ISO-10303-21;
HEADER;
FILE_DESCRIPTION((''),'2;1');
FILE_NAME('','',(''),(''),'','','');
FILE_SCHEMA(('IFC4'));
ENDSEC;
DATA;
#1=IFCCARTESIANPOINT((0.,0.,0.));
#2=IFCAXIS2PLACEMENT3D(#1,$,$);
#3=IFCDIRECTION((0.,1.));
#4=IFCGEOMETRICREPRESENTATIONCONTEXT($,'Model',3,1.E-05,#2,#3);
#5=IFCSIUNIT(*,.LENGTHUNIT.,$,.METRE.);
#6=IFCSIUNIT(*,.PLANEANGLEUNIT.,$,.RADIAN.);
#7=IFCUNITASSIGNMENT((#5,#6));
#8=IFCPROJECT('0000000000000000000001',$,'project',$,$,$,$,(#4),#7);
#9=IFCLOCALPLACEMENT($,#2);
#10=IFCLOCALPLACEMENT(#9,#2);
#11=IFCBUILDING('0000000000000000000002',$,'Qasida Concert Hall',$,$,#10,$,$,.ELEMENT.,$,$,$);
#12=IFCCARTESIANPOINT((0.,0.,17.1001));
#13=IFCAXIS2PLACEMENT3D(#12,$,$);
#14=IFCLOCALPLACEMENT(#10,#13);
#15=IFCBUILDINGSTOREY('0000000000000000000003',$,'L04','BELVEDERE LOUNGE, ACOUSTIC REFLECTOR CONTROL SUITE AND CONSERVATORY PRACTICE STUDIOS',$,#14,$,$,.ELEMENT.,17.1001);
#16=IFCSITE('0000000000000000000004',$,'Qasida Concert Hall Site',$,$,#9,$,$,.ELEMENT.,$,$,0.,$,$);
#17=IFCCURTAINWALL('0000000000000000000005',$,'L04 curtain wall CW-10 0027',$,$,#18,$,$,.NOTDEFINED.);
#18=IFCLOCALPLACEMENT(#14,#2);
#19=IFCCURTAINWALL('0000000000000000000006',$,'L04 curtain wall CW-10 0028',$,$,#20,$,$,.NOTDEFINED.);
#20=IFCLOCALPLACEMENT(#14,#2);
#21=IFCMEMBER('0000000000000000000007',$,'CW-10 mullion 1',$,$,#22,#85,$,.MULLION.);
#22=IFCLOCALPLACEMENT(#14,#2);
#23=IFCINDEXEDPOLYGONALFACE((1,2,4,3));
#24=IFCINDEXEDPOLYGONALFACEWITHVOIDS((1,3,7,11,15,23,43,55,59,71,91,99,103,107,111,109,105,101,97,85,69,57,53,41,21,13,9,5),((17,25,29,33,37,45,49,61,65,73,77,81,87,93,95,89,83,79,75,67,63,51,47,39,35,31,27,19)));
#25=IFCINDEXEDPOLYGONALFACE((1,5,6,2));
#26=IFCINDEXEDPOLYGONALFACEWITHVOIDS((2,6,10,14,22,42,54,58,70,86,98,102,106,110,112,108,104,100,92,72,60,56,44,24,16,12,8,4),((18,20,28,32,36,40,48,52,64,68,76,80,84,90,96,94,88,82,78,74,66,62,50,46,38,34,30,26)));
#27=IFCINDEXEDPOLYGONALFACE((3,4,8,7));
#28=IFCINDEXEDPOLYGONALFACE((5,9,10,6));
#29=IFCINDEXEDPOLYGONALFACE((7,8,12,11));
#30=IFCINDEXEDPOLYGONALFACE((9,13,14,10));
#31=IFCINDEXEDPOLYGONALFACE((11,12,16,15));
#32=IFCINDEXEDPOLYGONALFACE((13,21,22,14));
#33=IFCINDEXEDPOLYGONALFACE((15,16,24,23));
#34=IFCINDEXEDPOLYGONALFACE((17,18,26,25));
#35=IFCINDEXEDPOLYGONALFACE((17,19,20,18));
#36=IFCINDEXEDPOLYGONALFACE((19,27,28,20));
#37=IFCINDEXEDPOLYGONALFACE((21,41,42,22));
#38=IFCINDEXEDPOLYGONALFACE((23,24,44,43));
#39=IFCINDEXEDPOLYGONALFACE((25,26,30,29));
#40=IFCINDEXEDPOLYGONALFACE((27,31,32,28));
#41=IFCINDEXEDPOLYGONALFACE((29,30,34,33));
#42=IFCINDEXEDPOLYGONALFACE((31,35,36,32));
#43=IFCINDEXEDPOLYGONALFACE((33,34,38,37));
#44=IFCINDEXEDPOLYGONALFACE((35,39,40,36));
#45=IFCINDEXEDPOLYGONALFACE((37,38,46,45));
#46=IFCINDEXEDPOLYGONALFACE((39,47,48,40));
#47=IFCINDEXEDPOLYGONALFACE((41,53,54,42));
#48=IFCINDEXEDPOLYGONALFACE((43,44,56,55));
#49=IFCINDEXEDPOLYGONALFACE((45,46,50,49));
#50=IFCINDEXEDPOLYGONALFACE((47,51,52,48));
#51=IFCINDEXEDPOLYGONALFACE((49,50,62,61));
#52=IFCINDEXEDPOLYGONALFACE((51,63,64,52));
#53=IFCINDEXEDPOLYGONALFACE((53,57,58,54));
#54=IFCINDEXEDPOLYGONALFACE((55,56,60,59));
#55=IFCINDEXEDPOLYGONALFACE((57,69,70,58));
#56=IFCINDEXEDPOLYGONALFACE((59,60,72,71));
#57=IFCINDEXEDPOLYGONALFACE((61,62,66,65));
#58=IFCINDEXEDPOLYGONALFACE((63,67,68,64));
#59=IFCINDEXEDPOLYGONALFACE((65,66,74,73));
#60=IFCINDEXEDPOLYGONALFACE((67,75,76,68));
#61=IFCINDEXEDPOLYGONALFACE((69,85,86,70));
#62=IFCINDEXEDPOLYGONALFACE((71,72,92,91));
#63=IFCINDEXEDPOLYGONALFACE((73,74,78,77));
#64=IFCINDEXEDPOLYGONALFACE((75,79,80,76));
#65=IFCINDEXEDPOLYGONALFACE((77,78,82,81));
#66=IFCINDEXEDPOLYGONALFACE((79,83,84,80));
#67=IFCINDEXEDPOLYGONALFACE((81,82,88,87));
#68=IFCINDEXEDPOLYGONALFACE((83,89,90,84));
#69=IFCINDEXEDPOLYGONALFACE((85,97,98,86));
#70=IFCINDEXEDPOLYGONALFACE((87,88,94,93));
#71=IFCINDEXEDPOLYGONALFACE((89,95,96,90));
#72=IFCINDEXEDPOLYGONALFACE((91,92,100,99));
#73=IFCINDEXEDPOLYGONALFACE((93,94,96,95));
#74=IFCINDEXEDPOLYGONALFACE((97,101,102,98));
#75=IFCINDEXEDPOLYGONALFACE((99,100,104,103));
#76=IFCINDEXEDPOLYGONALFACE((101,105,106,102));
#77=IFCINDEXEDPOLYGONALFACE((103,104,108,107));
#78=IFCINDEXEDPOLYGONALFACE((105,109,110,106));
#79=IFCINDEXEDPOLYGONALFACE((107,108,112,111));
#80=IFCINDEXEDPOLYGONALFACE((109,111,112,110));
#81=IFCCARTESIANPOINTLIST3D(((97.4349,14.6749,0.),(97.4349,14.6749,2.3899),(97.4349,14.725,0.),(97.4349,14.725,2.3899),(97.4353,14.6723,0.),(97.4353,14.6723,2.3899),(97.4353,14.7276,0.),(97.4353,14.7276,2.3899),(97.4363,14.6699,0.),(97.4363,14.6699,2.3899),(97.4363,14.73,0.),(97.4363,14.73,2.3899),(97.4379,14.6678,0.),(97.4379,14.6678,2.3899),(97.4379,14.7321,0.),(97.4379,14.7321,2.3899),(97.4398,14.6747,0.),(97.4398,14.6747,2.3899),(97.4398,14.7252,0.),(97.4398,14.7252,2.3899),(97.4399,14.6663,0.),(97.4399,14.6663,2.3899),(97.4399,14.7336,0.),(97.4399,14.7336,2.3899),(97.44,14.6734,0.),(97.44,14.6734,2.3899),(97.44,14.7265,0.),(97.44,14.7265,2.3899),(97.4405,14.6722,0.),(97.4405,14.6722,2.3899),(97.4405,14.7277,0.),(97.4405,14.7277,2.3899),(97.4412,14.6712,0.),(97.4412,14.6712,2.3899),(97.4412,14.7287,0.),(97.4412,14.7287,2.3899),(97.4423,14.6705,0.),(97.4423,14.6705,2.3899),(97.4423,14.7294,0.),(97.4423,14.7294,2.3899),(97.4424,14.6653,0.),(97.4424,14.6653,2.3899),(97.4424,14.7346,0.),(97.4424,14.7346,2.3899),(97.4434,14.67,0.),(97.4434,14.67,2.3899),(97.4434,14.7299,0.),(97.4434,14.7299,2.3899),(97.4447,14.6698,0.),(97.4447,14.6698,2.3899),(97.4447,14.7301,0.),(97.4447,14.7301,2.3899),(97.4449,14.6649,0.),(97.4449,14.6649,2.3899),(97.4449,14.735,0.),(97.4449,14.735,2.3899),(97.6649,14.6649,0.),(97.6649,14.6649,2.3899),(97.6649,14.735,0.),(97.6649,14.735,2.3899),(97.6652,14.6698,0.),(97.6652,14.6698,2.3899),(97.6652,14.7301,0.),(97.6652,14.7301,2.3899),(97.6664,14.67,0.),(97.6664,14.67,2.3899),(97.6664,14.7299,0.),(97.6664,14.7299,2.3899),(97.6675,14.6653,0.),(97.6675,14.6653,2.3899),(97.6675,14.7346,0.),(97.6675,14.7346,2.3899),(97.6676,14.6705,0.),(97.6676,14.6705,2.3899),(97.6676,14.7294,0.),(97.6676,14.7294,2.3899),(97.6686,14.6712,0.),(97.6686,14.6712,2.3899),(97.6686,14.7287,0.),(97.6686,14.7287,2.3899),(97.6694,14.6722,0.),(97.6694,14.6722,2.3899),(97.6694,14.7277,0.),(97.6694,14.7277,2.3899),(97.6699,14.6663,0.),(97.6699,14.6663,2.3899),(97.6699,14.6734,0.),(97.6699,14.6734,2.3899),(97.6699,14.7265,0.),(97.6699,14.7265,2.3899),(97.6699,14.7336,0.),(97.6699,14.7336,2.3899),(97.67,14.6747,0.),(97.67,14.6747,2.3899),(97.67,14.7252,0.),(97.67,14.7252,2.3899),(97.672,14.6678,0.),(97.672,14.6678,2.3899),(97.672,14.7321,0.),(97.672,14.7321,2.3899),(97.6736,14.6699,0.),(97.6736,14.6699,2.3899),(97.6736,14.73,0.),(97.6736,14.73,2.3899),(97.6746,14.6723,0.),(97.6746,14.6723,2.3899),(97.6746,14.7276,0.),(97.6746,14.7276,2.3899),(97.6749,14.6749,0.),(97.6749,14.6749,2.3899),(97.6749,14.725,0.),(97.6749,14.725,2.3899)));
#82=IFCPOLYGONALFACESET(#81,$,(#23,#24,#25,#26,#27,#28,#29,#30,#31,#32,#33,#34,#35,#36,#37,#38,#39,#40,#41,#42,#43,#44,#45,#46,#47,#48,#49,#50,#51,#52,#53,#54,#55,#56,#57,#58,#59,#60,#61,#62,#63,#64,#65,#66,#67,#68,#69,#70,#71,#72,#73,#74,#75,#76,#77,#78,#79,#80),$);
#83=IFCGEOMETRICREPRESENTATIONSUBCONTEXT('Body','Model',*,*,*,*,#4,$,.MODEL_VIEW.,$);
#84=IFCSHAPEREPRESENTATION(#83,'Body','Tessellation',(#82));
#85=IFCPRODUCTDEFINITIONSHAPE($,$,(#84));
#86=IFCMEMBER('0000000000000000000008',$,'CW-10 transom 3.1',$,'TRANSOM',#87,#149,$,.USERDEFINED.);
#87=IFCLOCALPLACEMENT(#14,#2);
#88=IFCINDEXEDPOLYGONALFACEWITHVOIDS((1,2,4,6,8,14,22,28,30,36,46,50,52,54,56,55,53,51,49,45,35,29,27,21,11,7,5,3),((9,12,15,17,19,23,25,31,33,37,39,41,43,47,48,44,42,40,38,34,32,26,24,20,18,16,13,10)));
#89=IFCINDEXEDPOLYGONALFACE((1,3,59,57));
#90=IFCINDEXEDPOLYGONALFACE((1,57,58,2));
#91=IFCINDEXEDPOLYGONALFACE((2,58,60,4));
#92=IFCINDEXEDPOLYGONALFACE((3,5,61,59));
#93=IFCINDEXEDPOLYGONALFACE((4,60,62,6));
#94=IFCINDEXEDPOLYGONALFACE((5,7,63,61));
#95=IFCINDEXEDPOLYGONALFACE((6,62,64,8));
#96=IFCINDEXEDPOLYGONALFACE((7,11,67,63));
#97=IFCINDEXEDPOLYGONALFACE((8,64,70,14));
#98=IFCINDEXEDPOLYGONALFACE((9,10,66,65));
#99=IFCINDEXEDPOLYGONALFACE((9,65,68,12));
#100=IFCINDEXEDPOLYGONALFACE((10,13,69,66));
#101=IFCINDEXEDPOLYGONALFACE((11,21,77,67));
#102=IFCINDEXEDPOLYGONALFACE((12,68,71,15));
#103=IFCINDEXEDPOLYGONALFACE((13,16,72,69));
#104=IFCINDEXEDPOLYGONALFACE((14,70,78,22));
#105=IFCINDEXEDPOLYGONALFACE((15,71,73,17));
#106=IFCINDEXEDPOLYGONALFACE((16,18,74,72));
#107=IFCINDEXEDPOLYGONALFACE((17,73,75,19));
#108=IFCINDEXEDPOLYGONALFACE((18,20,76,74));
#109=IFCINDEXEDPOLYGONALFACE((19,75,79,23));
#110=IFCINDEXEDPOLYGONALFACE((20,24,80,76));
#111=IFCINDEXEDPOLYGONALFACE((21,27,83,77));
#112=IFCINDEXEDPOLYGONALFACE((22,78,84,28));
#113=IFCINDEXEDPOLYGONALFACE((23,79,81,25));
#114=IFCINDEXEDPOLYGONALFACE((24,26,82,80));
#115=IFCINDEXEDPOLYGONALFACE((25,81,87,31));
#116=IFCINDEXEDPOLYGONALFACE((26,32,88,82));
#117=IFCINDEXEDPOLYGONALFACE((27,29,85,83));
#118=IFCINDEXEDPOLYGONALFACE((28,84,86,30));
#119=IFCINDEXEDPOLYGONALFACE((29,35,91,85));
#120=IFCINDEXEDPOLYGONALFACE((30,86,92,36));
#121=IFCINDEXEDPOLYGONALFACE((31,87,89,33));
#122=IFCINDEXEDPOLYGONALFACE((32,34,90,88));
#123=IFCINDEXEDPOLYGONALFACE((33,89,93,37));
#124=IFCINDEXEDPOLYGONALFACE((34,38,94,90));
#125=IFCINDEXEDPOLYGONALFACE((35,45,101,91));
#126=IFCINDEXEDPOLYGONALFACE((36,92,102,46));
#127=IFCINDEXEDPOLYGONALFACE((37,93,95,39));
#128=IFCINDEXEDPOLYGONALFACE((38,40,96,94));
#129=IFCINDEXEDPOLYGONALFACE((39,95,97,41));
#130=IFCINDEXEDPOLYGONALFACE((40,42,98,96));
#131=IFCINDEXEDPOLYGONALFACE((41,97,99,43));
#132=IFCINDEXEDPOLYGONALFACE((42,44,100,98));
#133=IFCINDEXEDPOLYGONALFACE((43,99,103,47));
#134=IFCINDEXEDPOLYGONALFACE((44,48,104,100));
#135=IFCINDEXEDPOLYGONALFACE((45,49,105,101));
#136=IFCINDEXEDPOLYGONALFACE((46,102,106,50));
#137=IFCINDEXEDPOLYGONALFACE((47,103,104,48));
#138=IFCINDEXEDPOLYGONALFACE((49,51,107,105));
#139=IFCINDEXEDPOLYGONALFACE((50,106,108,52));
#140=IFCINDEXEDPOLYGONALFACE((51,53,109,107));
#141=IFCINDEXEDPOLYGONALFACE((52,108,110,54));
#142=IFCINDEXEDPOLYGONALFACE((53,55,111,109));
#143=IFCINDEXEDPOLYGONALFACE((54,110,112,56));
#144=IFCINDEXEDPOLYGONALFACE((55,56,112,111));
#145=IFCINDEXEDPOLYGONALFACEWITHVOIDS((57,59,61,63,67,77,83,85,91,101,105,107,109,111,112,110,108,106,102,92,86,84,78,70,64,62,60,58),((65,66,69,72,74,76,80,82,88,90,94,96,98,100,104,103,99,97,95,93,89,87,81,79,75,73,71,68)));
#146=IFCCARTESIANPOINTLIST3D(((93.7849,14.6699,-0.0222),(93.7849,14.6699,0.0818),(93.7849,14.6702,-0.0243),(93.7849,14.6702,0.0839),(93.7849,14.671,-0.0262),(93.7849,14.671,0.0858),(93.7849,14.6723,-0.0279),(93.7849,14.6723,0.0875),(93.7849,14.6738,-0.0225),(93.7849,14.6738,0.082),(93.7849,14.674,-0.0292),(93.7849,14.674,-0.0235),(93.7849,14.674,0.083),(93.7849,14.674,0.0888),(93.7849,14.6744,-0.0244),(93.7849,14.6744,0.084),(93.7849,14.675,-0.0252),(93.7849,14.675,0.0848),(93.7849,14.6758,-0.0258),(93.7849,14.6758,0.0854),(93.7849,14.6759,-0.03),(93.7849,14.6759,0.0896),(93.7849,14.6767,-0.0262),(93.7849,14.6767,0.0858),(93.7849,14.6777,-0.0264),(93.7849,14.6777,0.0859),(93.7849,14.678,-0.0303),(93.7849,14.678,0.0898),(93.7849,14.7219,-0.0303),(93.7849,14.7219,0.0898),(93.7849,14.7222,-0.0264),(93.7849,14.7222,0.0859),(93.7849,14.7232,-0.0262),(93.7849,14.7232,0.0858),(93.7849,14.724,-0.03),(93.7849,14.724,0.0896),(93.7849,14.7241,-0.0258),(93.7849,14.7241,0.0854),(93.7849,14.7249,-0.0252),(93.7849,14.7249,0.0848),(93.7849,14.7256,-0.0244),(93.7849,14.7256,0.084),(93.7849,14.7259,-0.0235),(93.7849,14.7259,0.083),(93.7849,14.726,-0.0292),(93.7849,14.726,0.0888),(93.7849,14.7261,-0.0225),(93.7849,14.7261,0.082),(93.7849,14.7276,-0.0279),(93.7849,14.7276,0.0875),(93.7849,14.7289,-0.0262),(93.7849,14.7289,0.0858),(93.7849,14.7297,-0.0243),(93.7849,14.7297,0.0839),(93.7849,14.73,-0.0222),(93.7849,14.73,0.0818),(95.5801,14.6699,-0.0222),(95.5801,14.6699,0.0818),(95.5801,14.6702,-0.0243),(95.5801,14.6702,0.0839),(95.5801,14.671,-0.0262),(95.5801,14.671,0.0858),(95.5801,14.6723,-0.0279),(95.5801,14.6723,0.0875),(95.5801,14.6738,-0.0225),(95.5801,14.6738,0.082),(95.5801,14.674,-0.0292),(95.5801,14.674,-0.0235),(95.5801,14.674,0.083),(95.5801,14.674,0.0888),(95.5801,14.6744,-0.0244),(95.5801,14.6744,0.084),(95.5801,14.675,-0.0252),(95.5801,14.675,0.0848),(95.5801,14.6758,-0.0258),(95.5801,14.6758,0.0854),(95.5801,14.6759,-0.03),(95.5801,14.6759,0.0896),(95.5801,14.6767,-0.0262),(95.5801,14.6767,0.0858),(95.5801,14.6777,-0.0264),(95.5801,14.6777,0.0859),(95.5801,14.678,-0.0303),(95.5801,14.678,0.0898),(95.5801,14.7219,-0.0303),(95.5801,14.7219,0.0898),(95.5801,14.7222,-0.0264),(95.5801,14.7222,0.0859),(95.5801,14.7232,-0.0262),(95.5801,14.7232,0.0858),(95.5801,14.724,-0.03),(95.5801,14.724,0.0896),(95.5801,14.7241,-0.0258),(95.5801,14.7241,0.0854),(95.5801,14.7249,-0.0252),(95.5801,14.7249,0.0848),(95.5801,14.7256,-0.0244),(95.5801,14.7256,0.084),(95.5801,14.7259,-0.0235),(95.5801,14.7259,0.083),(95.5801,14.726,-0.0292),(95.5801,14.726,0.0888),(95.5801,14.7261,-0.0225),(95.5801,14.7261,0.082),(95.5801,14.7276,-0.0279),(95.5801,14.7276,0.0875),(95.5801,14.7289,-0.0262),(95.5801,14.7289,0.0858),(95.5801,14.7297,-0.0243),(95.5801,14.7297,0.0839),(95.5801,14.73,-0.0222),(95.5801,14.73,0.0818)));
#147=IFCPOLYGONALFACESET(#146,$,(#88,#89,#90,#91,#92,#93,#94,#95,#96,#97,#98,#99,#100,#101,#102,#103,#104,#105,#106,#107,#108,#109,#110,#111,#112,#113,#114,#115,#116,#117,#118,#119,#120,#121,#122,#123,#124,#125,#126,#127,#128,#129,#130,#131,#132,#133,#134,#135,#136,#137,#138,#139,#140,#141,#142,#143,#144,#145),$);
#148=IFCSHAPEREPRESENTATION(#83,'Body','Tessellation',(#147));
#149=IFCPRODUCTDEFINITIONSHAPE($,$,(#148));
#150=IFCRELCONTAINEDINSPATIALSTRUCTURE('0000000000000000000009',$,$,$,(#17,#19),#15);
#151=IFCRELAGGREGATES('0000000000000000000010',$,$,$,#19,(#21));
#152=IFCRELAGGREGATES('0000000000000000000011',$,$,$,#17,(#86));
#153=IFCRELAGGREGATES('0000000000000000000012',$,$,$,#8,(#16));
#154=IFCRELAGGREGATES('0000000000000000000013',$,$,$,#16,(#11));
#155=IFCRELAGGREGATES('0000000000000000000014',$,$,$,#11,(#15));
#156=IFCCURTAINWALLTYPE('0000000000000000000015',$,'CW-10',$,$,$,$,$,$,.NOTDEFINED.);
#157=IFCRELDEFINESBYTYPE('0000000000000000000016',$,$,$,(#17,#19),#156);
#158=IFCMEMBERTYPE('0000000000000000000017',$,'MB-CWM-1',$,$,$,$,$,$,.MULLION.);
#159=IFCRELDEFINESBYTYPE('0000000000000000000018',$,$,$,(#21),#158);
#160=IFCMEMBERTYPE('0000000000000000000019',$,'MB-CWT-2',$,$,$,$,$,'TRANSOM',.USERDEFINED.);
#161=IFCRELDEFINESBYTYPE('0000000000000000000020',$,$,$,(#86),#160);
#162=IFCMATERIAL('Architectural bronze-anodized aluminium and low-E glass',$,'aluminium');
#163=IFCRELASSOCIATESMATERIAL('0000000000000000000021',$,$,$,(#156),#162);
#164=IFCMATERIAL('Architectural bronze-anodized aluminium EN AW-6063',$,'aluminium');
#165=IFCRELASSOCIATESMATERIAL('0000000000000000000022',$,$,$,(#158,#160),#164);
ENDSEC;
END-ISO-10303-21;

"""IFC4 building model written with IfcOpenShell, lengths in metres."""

from ifc_helpers import new_model, si_unit, direction, frame, origin, origin_2d, place, context, subcontext, project, spatial, hollow_rectangle, extrude, material, material_profile, profile_set, type_object, element, aggregate, save


model = new_model("IFC4")

# Units and contexts
model_context = context("Model", 3, precision=1e-05, world=origin(), true_north=direction((0.0, 1.0)))
body_context = subcontext(model_context, "Body", "Model", "MODEL_VIEW")
ifc_project = project(units=[si_unit("LENGTHUNIT", "METRE"), si_unit("PLANEANGLEUNIT", "RADIAN")], contexts=[model_context])

# Site, building, storey
site_placement = place(None, origin())
site = spatial("IfcSite", under=ifc_project, at=site_placement, Name="Qasida Concert Hall Site", CompositionType="ELEMENT", RefElevation=0.0)
building_placement = place(site_placement, origin())
building = spatial("IfcBuilding", under=site, at=building_placement, Name="Qasida Concert Hall", CompositionType="ELEMENT")
storey_placement = place(building_placement, frame((0.0, 0.0, 17.1001)))
storey = spatial("IfcBuildingStorey", under=building, at=storey_placement, Name="L04", Description="BELVEDERE LOUNGE, ACOUSTIC REFLECTOR CONTROL SUITE AND CONSERVATORY PRACTICE STUDIOS", CompositionType="ELEMENT", Elevation=17.1001)

# Curtain wall
ifc_material_1 = material(Name="Architectural bronze-anodized aluminium and low-E glass", Category="aluminium")
curtain_wall_type = type_object("IfcCurtainWallType", Name="CW-10", PredefinedType="NOTDEFINED", material=ifc_material_1)
curtain_wall_1_placement = place(storey_placement, origin())
curtain_wall_1 = element("IfcCurtainWall", 1, at=curtain_wall_1_placement, inside=storey, type_object=curtain_wall_type, Name="L04 curtain wall CW-10 0027", PredefinedType="NOTDEFINED")
ifc_material_2 = material(Name="Architectural bronze-anodized aluminium EN AW-6063", Category="aluminium")
ifc_material_profile_1 = material_profile(ifc_material_2, hollow_rectangle(XDim=0.0701, YDim=0.24, WallThickness=0.0049, InnerFilletRadius=0.0049, OuterFilletRadius=0.01, at=origin_2d()), Name="CWM 240x70x5")
ifc_profile_set_1 = profile_set([ifc_material_profile_1], Name="Architectural bronze-anodized aluminium EN AW-6063")
member_type_1 = type_object("IfcMemberType", Name="MB-CWM-1", PredefinedType="MULLION", material=ifc_profile_set_1)

# Curtain wall, member
curtain_wall_2_placement = place(storey_placement, origin())
curtain_wall_2 = element("IfcCurtainWall", 2, at=curtain_wall_2_placement, inside=storey, type_object=curtain_wall_type, Name="L04 curtain wall CW-10 0028", PredefinedType="NOTDEFINED")
member_1_placement = place(storey_placement, frame((97.5549, 14.7, 0.0), z_axis=(0.0, 0.0, 1.0), x_axis=(0.0, 1.0, 0.0)))
member_1 = element("IfcMember", 3, at=member_1_placement, type_object=member_type_1, Name="CW-10 mullion 1", PredefinedType="MULLION", context=body_context, shape_type="SweptSolid", body=[
    extrude(hollow_rectangle(XDim=0.0701, YDim=0.24, WallThickness=0.0049, InnerFilletRadius=0.0049, OuterFilletRadius=0.01, at=origin_2d()), origin(), (0.0, 0.0, 1.0), 2.3899),
])

# Member
ifc_material_profile_2 = material_profile(ifc_material_2, hollow_rectangle(XDim=0.0601, YDim=0.1201, WallThickness=0.0039, InnerFilletRadius=0.0039, OuterFilletRadius=0.0081, at=origin_2d()), Name="CWT 120x60x4")
ifc_profile_set_2 = profile_set([ifc_material_profile_2], Name="Architectural bronze-anodized aluminium EN AW-6063")
member_type_2 = type_object("IfcMemberType", Name="MB-CWT-2", ElementType="TRANSOM", PredefinedType="USERDEFINED", material=ifc_profile_set_2)
member_2_placement = place(storey_placement, frame((93.7849, 14.7, 0.0298), z_axis=(1.0, 0.0, 0.0), x_axis=(0.0, 1.0, 0.0)))
member_2 = element("IfcMember", 4, at=member_2_placement, type_object=member_type_2, Name="CW-10 transom 3.1", ObjectType="TRANSOM", PredefinedType="USERDEFINED", context=body_context, shape_type="SweptSolid", body=[
    extrude(hollow_rectangle(XDim=0.0601, YDim=0.1201, WallThickness=0.0039, InnerFilletRadius=0.0039, OuterFilletRadius=0.0081, at=origin_2d()), origin(), (0.0, 0.0, 1.0), 1.7952),
])
aggregate(curtain_wall_2, [member_1])

aggregate(curtain_wall_1, [member_2])

save(model, "model.ifc")
